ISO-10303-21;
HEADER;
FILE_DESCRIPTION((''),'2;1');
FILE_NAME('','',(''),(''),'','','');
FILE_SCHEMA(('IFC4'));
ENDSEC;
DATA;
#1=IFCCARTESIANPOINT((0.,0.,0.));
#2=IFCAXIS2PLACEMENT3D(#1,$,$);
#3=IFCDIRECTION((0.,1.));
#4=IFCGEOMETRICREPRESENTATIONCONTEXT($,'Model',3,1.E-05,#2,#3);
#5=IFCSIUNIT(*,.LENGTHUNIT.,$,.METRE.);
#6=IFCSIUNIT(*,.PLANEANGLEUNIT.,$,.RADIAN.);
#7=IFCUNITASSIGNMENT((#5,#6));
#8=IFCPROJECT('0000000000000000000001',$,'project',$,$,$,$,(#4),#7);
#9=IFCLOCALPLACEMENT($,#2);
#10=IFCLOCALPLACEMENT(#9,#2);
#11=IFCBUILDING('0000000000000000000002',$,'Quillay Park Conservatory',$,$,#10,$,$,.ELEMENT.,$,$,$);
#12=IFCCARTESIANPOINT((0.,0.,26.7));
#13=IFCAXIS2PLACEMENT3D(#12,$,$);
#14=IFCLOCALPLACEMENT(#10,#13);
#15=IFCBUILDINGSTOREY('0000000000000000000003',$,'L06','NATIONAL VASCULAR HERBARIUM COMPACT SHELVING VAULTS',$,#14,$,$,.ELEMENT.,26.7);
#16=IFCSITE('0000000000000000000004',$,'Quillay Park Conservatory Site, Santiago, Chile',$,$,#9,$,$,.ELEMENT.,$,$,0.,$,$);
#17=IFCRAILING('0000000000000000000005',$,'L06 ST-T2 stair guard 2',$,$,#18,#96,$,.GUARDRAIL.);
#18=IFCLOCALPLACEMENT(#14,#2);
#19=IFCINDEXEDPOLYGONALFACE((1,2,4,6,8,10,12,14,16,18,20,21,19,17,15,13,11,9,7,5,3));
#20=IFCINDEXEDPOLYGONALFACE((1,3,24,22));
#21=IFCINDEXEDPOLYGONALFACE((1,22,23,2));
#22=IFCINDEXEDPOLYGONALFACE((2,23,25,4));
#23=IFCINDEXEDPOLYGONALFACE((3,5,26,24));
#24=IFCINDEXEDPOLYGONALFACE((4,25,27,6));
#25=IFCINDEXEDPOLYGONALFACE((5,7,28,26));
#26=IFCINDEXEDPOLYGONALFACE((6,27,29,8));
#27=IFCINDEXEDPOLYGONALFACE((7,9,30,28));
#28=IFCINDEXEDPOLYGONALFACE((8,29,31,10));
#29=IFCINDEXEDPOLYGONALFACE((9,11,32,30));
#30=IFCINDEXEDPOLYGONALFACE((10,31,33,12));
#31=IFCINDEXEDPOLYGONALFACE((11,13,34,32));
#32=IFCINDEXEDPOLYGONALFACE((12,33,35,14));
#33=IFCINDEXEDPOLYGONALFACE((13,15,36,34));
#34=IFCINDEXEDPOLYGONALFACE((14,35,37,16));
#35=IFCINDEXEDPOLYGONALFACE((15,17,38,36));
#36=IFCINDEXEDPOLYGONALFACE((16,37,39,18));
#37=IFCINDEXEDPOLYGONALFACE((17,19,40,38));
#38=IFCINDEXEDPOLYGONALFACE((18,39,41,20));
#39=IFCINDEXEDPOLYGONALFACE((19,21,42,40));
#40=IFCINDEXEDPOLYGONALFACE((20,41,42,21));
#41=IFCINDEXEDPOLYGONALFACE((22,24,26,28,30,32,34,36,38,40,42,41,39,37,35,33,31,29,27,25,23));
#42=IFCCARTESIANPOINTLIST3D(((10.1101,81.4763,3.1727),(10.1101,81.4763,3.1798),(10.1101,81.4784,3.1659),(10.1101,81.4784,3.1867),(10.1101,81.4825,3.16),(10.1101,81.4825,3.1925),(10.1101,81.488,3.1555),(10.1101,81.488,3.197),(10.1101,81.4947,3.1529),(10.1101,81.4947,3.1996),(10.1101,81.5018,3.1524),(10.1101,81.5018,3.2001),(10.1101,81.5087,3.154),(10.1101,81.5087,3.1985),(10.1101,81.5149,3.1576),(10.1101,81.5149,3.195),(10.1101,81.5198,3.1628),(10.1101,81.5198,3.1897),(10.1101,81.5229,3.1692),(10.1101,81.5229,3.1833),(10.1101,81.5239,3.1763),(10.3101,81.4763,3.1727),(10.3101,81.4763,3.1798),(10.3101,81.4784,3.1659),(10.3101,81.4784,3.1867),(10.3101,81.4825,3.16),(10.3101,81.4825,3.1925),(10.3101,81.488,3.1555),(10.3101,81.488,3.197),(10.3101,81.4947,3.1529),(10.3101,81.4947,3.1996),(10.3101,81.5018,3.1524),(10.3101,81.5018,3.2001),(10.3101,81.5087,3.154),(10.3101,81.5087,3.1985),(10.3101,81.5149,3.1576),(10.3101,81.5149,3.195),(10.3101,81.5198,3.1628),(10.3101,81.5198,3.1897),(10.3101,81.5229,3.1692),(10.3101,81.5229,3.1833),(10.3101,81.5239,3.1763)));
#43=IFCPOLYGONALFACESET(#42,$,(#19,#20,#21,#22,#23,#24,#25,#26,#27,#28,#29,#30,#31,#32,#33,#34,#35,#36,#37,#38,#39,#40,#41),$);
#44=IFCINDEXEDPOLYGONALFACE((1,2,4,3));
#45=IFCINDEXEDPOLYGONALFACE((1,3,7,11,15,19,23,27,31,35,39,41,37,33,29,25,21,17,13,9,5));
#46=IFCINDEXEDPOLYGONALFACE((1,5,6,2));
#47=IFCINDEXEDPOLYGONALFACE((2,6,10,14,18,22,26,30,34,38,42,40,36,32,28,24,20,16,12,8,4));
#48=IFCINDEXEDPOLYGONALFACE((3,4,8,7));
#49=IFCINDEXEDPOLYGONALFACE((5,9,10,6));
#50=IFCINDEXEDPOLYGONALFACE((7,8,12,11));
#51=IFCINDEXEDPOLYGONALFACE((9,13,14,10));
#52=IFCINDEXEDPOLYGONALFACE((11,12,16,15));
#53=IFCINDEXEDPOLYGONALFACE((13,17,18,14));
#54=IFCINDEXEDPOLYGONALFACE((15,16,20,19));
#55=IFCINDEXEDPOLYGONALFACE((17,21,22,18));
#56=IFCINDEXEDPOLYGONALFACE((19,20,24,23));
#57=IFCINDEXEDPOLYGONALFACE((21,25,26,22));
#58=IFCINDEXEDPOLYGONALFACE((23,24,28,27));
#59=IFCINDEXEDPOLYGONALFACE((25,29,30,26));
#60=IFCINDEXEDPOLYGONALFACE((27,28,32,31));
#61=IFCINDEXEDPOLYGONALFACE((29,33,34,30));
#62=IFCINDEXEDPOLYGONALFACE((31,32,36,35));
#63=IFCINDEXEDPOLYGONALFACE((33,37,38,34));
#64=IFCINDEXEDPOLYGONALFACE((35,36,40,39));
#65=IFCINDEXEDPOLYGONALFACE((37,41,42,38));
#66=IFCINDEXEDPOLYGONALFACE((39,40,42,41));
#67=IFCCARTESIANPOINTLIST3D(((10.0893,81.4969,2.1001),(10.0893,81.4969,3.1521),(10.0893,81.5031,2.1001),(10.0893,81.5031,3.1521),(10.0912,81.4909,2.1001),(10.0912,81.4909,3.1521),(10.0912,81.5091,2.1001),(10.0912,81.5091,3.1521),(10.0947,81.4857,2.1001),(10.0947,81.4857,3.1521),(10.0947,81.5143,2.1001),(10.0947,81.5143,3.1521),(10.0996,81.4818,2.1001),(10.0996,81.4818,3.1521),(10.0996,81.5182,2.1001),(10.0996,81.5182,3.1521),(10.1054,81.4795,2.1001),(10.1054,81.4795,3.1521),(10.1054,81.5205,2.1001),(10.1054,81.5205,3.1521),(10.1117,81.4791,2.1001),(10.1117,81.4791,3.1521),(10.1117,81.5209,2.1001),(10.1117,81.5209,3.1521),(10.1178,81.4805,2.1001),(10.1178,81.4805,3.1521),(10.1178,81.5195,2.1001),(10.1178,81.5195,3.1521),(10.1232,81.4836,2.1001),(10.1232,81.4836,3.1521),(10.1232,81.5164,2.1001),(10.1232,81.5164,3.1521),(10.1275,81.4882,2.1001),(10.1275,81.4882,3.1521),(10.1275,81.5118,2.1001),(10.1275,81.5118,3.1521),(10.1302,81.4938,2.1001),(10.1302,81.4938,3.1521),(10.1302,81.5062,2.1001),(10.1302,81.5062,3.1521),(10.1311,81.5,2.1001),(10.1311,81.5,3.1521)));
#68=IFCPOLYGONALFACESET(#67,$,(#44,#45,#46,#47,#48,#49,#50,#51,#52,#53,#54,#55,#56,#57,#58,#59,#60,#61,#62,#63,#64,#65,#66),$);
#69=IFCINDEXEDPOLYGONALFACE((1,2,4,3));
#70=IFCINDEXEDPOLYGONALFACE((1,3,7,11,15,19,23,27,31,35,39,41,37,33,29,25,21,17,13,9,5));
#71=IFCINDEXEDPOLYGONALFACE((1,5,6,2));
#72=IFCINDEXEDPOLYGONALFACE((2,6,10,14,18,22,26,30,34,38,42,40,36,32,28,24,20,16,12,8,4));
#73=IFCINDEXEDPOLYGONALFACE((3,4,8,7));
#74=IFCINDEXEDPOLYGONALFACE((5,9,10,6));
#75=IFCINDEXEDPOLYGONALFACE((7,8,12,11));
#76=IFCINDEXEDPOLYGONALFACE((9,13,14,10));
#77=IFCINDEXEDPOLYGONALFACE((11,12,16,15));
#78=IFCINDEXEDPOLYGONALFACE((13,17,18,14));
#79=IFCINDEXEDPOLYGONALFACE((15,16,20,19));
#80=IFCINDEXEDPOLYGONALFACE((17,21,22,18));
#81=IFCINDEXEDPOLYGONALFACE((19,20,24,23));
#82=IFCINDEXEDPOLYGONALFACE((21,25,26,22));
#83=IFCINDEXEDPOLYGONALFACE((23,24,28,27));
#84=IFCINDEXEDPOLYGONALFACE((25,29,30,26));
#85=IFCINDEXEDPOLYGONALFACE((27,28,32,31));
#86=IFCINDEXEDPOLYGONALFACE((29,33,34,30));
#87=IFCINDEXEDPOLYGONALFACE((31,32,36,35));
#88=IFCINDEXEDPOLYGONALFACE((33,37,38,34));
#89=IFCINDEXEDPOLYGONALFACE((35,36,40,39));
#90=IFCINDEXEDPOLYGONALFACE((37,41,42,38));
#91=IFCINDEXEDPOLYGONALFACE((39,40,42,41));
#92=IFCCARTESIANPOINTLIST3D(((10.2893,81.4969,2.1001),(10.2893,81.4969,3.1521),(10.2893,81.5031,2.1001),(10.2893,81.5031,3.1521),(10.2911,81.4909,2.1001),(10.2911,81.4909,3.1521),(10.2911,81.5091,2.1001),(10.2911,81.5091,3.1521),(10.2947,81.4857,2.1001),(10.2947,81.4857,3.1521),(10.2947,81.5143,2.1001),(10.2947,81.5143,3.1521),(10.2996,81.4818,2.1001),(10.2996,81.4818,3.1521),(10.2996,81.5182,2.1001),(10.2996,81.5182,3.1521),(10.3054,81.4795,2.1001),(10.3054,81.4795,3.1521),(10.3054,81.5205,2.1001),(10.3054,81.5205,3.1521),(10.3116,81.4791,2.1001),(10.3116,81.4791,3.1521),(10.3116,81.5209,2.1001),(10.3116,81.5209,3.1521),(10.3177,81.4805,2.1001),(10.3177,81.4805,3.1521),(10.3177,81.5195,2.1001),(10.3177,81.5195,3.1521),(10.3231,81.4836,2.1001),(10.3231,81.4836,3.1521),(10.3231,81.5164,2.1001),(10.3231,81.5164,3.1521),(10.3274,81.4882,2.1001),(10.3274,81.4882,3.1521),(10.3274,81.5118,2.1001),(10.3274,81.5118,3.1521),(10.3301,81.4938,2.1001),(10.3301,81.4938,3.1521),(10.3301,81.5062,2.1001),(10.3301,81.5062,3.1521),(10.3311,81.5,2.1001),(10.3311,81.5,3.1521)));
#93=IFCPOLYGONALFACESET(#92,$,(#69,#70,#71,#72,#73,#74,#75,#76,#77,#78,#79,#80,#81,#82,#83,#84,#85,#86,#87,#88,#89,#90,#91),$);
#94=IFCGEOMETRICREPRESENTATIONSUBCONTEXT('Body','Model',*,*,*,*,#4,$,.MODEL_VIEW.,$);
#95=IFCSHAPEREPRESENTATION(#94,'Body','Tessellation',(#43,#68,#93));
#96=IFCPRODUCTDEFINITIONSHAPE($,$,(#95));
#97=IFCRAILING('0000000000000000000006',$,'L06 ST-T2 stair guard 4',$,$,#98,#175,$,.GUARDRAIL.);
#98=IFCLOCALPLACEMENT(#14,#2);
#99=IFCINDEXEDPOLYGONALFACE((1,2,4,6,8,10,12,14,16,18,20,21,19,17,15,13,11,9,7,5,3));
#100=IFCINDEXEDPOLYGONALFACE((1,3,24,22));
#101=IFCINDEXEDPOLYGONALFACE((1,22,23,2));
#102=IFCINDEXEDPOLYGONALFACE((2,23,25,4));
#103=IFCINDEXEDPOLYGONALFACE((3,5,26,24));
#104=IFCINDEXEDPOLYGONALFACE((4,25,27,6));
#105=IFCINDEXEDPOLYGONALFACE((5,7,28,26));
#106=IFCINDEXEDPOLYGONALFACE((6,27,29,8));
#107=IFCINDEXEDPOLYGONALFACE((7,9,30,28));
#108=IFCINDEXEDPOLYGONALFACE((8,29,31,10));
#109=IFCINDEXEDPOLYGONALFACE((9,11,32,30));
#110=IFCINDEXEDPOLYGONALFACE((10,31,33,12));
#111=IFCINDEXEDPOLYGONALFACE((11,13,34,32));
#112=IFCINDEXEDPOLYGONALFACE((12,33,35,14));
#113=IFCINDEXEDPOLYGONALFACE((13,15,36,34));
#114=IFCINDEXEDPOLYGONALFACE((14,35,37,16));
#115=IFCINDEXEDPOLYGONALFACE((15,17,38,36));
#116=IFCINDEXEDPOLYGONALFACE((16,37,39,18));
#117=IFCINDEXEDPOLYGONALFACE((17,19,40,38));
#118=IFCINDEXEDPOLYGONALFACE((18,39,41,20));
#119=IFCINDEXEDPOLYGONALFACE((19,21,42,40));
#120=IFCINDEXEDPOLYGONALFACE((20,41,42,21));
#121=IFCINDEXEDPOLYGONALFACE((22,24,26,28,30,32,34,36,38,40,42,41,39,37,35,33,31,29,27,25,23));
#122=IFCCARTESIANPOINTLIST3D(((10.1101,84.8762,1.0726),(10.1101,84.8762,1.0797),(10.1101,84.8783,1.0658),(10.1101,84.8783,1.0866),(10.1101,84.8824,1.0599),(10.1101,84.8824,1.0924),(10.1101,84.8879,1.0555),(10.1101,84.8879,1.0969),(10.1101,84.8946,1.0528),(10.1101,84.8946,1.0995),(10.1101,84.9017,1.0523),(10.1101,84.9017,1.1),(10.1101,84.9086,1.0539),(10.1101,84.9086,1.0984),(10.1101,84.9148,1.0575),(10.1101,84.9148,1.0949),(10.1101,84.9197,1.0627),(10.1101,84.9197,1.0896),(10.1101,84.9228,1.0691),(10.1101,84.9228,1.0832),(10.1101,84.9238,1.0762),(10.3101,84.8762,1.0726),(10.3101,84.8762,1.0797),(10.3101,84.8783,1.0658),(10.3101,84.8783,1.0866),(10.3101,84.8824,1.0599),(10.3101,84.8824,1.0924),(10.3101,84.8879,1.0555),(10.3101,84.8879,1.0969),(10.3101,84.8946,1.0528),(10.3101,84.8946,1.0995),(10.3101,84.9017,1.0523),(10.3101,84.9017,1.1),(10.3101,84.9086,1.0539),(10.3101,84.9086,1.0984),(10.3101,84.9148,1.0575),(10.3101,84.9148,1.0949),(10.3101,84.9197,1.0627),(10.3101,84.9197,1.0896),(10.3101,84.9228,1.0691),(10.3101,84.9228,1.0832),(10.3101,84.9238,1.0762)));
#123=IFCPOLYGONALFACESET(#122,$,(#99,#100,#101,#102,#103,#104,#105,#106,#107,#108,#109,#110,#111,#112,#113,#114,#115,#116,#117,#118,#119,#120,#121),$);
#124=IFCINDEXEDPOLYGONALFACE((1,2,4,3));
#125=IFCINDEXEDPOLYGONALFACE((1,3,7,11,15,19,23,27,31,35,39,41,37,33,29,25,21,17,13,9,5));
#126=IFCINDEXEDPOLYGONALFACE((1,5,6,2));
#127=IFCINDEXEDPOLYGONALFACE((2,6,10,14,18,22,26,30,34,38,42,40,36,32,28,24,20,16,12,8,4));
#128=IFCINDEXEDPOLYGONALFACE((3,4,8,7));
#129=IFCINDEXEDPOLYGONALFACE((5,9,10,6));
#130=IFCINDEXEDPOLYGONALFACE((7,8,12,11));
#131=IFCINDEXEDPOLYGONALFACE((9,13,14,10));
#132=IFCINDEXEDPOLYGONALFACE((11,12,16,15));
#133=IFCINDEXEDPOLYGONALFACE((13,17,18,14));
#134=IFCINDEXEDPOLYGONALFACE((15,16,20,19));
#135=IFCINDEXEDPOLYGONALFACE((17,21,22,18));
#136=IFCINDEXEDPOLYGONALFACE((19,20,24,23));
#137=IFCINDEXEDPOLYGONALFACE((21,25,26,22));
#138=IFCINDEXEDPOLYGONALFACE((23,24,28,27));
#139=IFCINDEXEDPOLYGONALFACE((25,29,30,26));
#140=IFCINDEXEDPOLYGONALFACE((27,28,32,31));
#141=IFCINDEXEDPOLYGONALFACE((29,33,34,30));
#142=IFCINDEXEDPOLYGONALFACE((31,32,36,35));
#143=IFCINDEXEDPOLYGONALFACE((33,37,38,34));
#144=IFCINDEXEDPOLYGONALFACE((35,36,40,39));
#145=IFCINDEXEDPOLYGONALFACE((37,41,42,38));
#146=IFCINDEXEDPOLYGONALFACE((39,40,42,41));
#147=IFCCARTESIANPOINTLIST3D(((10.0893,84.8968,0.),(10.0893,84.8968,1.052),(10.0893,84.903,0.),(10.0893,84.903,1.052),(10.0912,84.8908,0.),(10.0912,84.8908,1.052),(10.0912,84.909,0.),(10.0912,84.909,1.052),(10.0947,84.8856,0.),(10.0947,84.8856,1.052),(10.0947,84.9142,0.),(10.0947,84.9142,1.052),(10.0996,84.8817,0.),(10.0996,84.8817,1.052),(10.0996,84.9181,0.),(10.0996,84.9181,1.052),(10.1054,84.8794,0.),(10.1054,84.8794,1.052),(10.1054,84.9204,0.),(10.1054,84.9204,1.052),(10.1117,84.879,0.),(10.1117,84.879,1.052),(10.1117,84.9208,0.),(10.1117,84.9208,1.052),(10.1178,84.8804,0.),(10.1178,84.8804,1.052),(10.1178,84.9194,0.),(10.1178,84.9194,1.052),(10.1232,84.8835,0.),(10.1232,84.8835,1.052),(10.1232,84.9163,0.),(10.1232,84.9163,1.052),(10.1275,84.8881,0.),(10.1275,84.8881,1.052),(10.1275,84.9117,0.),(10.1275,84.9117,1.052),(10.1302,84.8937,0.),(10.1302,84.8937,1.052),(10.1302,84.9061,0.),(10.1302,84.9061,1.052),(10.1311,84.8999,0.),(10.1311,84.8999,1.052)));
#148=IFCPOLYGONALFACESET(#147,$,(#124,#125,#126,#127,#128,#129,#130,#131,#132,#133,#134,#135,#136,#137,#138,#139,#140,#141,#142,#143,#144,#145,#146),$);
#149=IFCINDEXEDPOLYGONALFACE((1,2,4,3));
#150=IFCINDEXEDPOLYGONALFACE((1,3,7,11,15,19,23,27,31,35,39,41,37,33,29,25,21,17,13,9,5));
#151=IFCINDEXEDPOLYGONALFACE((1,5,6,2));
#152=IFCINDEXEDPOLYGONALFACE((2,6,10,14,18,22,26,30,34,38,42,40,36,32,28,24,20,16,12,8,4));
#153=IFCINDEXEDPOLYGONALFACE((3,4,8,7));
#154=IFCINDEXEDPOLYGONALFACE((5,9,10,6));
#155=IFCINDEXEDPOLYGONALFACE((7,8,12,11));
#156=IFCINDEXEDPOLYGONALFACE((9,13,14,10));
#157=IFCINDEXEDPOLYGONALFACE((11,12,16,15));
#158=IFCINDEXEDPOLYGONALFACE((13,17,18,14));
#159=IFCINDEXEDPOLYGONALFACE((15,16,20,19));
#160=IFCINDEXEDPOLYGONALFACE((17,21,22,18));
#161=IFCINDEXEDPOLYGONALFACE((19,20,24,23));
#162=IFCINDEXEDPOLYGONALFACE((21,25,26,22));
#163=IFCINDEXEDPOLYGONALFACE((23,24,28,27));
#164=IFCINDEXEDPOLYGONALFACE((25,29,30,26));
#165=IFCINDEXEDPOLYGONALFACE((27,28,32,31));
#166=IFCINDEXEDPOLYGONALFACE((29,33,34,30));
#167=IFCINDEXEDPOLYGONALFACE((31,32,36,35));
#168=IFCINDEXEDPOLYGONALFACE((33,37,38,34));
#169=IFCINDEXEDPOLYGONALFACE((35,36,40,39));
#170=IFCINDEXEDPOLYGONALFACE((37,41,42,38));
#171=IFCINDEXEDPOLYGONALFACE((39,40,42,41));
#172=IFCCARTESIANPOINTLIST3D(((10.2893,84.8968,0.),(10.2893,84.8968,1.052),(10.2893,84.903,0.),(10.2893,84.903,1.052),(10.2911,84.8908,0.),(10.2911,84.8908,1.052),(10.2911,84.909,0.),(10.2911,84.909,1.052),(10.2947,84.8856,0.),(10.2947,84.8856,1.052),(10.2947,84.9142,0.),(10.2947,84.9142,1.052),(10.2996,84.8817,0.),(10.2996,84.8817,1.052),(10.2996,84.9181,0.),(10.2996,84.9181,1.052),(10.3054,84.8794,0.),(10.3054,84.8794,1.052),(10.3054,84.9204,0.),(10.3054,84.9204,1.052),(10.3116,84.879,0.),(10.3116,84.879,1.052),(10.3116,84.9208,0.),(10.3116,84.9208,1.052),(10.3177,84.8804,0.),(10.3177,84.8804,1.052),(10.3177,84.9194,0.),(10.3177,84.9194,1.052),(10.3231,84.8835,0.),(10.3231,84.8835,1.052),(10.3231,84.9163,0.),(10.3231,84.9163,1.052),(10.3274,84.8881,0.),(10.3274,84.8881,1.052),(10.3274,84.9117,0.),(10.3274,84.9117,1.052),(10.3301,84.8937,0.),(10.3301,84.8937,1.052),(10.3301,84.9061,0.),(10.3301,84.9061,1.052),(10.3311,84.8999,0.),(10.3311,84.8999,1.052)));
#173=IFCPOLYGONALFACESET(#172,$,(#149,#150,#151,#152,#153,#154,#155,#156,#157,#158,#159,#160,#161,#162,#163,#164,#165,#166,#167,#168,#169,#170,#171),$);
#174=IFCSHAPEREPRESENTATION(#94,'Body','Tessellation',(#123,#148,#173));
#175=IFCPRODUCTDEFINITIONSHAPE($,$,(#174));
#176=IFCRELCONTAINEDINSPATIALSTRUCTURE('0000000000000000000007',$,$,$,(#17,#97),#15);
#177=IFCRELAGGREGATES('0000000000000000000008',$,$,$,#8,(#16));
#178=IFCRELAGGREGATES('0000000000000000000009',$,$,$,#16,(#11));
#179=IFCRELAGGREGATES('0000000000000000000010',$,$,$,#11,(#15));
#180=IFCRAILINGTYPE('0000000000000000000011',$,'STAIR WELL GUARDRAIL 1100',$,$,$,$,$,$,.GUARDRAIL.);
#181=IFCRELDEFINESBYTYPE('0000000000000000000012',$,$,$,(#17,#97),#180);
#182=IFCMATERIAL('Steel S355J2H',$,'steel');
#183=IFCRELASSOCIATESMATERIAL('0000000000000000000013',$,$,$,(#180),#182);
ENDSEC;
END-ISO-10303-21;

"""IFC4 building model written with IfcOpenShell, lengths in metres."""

from ifc_helpers import new_model, si_unit, direction, frame, origin, origin_2d, place, context, subcontext, project, spatial, circle, extrude, material, type_object, element, save


model = new_model("IFC4")

# Units and contexts
model_context = context("Model", 3, precision=1e-05, world=origin(), true_north=direction((0.0, 1.0)))
body_context = subcontext(model_context, "Body", "Model", "MODEL_VIEW")
ifc_project = project(units=[si_unit("LENGTHUNIT", "METRE"), si_unit("PLANEANGLEUNIT", "RADIAN")], contexts=[model_context])

# Site, building, storey
site_placement = place(None, origin())
site = spatial("IfcSite", under=ifc_project, at=site_placement, Name="Quillay Park Conservatory Site, Santiago, Chile", CompositionType="ELEMENT", RefElevation=0.0)
building_placement = place(site_placement, origin())
building = spatial("IfcBuilding", under=site, at=building_placement, Name="Quillay Park Conservatory", CompositionType="ELEMENT")
storey_placement = place(building_placement, frame((0.0, 0.0, 26.7)))
storey = spatial("IfcBuildingStorey", under=building, at=storey_placement, Name="L06", Description="NATIONAL VASCULAR HERBARIUM COMPACT SHELVING VAULTS", CompositionType="ELEMENT", Elevation=26.7)

# Railings
ifc_material_1 = material(Name="Steel S355J2H", Category="steel")
railing_type_1 = type_object("IfcRailingType", Name="STAIR WELL GUARDRAIL 1100", PredefinedType="GUARDRAIL", material=ifc_material_1)
for number, where, name in (
    (1, (10.1101, 81.5, 2.1001), "L06 ST-T2 stair guard 2"),
    (2, (10.1101, 84.8999, 0.0), "L06 ST-T2 stair guard 4"),
):
    element("IfcRailing", number, at=place(storey_placement, frame(where)), inside=storey, type_object=railing_type_1, Name=name, PredefinedType="GUARDRAIL", context=body_context, shape_type="SweptSolid", body=[
        extrude(circle(Radius=0.0239, at=origin_2d()), frame((0.0, 0.0, 1.0762), z_axis=(1.0, 0.0, 0.0), x_axis=(0.0, 1.0, 0.0)), (0.0, 0.0, 1.0), 0.2),
        extrude(circle(Radius=0.021, at=origin_2d()), origin(), (0.0, 0.0, 1.0), 1.052),
        extrude(circle(Radius=0.021, at=origin_2d()), frame((0.2, 0.0, 0.0)), (0.0, 0.0, 1.0), 1.052),
    ])

save(model, "model.ifc")
